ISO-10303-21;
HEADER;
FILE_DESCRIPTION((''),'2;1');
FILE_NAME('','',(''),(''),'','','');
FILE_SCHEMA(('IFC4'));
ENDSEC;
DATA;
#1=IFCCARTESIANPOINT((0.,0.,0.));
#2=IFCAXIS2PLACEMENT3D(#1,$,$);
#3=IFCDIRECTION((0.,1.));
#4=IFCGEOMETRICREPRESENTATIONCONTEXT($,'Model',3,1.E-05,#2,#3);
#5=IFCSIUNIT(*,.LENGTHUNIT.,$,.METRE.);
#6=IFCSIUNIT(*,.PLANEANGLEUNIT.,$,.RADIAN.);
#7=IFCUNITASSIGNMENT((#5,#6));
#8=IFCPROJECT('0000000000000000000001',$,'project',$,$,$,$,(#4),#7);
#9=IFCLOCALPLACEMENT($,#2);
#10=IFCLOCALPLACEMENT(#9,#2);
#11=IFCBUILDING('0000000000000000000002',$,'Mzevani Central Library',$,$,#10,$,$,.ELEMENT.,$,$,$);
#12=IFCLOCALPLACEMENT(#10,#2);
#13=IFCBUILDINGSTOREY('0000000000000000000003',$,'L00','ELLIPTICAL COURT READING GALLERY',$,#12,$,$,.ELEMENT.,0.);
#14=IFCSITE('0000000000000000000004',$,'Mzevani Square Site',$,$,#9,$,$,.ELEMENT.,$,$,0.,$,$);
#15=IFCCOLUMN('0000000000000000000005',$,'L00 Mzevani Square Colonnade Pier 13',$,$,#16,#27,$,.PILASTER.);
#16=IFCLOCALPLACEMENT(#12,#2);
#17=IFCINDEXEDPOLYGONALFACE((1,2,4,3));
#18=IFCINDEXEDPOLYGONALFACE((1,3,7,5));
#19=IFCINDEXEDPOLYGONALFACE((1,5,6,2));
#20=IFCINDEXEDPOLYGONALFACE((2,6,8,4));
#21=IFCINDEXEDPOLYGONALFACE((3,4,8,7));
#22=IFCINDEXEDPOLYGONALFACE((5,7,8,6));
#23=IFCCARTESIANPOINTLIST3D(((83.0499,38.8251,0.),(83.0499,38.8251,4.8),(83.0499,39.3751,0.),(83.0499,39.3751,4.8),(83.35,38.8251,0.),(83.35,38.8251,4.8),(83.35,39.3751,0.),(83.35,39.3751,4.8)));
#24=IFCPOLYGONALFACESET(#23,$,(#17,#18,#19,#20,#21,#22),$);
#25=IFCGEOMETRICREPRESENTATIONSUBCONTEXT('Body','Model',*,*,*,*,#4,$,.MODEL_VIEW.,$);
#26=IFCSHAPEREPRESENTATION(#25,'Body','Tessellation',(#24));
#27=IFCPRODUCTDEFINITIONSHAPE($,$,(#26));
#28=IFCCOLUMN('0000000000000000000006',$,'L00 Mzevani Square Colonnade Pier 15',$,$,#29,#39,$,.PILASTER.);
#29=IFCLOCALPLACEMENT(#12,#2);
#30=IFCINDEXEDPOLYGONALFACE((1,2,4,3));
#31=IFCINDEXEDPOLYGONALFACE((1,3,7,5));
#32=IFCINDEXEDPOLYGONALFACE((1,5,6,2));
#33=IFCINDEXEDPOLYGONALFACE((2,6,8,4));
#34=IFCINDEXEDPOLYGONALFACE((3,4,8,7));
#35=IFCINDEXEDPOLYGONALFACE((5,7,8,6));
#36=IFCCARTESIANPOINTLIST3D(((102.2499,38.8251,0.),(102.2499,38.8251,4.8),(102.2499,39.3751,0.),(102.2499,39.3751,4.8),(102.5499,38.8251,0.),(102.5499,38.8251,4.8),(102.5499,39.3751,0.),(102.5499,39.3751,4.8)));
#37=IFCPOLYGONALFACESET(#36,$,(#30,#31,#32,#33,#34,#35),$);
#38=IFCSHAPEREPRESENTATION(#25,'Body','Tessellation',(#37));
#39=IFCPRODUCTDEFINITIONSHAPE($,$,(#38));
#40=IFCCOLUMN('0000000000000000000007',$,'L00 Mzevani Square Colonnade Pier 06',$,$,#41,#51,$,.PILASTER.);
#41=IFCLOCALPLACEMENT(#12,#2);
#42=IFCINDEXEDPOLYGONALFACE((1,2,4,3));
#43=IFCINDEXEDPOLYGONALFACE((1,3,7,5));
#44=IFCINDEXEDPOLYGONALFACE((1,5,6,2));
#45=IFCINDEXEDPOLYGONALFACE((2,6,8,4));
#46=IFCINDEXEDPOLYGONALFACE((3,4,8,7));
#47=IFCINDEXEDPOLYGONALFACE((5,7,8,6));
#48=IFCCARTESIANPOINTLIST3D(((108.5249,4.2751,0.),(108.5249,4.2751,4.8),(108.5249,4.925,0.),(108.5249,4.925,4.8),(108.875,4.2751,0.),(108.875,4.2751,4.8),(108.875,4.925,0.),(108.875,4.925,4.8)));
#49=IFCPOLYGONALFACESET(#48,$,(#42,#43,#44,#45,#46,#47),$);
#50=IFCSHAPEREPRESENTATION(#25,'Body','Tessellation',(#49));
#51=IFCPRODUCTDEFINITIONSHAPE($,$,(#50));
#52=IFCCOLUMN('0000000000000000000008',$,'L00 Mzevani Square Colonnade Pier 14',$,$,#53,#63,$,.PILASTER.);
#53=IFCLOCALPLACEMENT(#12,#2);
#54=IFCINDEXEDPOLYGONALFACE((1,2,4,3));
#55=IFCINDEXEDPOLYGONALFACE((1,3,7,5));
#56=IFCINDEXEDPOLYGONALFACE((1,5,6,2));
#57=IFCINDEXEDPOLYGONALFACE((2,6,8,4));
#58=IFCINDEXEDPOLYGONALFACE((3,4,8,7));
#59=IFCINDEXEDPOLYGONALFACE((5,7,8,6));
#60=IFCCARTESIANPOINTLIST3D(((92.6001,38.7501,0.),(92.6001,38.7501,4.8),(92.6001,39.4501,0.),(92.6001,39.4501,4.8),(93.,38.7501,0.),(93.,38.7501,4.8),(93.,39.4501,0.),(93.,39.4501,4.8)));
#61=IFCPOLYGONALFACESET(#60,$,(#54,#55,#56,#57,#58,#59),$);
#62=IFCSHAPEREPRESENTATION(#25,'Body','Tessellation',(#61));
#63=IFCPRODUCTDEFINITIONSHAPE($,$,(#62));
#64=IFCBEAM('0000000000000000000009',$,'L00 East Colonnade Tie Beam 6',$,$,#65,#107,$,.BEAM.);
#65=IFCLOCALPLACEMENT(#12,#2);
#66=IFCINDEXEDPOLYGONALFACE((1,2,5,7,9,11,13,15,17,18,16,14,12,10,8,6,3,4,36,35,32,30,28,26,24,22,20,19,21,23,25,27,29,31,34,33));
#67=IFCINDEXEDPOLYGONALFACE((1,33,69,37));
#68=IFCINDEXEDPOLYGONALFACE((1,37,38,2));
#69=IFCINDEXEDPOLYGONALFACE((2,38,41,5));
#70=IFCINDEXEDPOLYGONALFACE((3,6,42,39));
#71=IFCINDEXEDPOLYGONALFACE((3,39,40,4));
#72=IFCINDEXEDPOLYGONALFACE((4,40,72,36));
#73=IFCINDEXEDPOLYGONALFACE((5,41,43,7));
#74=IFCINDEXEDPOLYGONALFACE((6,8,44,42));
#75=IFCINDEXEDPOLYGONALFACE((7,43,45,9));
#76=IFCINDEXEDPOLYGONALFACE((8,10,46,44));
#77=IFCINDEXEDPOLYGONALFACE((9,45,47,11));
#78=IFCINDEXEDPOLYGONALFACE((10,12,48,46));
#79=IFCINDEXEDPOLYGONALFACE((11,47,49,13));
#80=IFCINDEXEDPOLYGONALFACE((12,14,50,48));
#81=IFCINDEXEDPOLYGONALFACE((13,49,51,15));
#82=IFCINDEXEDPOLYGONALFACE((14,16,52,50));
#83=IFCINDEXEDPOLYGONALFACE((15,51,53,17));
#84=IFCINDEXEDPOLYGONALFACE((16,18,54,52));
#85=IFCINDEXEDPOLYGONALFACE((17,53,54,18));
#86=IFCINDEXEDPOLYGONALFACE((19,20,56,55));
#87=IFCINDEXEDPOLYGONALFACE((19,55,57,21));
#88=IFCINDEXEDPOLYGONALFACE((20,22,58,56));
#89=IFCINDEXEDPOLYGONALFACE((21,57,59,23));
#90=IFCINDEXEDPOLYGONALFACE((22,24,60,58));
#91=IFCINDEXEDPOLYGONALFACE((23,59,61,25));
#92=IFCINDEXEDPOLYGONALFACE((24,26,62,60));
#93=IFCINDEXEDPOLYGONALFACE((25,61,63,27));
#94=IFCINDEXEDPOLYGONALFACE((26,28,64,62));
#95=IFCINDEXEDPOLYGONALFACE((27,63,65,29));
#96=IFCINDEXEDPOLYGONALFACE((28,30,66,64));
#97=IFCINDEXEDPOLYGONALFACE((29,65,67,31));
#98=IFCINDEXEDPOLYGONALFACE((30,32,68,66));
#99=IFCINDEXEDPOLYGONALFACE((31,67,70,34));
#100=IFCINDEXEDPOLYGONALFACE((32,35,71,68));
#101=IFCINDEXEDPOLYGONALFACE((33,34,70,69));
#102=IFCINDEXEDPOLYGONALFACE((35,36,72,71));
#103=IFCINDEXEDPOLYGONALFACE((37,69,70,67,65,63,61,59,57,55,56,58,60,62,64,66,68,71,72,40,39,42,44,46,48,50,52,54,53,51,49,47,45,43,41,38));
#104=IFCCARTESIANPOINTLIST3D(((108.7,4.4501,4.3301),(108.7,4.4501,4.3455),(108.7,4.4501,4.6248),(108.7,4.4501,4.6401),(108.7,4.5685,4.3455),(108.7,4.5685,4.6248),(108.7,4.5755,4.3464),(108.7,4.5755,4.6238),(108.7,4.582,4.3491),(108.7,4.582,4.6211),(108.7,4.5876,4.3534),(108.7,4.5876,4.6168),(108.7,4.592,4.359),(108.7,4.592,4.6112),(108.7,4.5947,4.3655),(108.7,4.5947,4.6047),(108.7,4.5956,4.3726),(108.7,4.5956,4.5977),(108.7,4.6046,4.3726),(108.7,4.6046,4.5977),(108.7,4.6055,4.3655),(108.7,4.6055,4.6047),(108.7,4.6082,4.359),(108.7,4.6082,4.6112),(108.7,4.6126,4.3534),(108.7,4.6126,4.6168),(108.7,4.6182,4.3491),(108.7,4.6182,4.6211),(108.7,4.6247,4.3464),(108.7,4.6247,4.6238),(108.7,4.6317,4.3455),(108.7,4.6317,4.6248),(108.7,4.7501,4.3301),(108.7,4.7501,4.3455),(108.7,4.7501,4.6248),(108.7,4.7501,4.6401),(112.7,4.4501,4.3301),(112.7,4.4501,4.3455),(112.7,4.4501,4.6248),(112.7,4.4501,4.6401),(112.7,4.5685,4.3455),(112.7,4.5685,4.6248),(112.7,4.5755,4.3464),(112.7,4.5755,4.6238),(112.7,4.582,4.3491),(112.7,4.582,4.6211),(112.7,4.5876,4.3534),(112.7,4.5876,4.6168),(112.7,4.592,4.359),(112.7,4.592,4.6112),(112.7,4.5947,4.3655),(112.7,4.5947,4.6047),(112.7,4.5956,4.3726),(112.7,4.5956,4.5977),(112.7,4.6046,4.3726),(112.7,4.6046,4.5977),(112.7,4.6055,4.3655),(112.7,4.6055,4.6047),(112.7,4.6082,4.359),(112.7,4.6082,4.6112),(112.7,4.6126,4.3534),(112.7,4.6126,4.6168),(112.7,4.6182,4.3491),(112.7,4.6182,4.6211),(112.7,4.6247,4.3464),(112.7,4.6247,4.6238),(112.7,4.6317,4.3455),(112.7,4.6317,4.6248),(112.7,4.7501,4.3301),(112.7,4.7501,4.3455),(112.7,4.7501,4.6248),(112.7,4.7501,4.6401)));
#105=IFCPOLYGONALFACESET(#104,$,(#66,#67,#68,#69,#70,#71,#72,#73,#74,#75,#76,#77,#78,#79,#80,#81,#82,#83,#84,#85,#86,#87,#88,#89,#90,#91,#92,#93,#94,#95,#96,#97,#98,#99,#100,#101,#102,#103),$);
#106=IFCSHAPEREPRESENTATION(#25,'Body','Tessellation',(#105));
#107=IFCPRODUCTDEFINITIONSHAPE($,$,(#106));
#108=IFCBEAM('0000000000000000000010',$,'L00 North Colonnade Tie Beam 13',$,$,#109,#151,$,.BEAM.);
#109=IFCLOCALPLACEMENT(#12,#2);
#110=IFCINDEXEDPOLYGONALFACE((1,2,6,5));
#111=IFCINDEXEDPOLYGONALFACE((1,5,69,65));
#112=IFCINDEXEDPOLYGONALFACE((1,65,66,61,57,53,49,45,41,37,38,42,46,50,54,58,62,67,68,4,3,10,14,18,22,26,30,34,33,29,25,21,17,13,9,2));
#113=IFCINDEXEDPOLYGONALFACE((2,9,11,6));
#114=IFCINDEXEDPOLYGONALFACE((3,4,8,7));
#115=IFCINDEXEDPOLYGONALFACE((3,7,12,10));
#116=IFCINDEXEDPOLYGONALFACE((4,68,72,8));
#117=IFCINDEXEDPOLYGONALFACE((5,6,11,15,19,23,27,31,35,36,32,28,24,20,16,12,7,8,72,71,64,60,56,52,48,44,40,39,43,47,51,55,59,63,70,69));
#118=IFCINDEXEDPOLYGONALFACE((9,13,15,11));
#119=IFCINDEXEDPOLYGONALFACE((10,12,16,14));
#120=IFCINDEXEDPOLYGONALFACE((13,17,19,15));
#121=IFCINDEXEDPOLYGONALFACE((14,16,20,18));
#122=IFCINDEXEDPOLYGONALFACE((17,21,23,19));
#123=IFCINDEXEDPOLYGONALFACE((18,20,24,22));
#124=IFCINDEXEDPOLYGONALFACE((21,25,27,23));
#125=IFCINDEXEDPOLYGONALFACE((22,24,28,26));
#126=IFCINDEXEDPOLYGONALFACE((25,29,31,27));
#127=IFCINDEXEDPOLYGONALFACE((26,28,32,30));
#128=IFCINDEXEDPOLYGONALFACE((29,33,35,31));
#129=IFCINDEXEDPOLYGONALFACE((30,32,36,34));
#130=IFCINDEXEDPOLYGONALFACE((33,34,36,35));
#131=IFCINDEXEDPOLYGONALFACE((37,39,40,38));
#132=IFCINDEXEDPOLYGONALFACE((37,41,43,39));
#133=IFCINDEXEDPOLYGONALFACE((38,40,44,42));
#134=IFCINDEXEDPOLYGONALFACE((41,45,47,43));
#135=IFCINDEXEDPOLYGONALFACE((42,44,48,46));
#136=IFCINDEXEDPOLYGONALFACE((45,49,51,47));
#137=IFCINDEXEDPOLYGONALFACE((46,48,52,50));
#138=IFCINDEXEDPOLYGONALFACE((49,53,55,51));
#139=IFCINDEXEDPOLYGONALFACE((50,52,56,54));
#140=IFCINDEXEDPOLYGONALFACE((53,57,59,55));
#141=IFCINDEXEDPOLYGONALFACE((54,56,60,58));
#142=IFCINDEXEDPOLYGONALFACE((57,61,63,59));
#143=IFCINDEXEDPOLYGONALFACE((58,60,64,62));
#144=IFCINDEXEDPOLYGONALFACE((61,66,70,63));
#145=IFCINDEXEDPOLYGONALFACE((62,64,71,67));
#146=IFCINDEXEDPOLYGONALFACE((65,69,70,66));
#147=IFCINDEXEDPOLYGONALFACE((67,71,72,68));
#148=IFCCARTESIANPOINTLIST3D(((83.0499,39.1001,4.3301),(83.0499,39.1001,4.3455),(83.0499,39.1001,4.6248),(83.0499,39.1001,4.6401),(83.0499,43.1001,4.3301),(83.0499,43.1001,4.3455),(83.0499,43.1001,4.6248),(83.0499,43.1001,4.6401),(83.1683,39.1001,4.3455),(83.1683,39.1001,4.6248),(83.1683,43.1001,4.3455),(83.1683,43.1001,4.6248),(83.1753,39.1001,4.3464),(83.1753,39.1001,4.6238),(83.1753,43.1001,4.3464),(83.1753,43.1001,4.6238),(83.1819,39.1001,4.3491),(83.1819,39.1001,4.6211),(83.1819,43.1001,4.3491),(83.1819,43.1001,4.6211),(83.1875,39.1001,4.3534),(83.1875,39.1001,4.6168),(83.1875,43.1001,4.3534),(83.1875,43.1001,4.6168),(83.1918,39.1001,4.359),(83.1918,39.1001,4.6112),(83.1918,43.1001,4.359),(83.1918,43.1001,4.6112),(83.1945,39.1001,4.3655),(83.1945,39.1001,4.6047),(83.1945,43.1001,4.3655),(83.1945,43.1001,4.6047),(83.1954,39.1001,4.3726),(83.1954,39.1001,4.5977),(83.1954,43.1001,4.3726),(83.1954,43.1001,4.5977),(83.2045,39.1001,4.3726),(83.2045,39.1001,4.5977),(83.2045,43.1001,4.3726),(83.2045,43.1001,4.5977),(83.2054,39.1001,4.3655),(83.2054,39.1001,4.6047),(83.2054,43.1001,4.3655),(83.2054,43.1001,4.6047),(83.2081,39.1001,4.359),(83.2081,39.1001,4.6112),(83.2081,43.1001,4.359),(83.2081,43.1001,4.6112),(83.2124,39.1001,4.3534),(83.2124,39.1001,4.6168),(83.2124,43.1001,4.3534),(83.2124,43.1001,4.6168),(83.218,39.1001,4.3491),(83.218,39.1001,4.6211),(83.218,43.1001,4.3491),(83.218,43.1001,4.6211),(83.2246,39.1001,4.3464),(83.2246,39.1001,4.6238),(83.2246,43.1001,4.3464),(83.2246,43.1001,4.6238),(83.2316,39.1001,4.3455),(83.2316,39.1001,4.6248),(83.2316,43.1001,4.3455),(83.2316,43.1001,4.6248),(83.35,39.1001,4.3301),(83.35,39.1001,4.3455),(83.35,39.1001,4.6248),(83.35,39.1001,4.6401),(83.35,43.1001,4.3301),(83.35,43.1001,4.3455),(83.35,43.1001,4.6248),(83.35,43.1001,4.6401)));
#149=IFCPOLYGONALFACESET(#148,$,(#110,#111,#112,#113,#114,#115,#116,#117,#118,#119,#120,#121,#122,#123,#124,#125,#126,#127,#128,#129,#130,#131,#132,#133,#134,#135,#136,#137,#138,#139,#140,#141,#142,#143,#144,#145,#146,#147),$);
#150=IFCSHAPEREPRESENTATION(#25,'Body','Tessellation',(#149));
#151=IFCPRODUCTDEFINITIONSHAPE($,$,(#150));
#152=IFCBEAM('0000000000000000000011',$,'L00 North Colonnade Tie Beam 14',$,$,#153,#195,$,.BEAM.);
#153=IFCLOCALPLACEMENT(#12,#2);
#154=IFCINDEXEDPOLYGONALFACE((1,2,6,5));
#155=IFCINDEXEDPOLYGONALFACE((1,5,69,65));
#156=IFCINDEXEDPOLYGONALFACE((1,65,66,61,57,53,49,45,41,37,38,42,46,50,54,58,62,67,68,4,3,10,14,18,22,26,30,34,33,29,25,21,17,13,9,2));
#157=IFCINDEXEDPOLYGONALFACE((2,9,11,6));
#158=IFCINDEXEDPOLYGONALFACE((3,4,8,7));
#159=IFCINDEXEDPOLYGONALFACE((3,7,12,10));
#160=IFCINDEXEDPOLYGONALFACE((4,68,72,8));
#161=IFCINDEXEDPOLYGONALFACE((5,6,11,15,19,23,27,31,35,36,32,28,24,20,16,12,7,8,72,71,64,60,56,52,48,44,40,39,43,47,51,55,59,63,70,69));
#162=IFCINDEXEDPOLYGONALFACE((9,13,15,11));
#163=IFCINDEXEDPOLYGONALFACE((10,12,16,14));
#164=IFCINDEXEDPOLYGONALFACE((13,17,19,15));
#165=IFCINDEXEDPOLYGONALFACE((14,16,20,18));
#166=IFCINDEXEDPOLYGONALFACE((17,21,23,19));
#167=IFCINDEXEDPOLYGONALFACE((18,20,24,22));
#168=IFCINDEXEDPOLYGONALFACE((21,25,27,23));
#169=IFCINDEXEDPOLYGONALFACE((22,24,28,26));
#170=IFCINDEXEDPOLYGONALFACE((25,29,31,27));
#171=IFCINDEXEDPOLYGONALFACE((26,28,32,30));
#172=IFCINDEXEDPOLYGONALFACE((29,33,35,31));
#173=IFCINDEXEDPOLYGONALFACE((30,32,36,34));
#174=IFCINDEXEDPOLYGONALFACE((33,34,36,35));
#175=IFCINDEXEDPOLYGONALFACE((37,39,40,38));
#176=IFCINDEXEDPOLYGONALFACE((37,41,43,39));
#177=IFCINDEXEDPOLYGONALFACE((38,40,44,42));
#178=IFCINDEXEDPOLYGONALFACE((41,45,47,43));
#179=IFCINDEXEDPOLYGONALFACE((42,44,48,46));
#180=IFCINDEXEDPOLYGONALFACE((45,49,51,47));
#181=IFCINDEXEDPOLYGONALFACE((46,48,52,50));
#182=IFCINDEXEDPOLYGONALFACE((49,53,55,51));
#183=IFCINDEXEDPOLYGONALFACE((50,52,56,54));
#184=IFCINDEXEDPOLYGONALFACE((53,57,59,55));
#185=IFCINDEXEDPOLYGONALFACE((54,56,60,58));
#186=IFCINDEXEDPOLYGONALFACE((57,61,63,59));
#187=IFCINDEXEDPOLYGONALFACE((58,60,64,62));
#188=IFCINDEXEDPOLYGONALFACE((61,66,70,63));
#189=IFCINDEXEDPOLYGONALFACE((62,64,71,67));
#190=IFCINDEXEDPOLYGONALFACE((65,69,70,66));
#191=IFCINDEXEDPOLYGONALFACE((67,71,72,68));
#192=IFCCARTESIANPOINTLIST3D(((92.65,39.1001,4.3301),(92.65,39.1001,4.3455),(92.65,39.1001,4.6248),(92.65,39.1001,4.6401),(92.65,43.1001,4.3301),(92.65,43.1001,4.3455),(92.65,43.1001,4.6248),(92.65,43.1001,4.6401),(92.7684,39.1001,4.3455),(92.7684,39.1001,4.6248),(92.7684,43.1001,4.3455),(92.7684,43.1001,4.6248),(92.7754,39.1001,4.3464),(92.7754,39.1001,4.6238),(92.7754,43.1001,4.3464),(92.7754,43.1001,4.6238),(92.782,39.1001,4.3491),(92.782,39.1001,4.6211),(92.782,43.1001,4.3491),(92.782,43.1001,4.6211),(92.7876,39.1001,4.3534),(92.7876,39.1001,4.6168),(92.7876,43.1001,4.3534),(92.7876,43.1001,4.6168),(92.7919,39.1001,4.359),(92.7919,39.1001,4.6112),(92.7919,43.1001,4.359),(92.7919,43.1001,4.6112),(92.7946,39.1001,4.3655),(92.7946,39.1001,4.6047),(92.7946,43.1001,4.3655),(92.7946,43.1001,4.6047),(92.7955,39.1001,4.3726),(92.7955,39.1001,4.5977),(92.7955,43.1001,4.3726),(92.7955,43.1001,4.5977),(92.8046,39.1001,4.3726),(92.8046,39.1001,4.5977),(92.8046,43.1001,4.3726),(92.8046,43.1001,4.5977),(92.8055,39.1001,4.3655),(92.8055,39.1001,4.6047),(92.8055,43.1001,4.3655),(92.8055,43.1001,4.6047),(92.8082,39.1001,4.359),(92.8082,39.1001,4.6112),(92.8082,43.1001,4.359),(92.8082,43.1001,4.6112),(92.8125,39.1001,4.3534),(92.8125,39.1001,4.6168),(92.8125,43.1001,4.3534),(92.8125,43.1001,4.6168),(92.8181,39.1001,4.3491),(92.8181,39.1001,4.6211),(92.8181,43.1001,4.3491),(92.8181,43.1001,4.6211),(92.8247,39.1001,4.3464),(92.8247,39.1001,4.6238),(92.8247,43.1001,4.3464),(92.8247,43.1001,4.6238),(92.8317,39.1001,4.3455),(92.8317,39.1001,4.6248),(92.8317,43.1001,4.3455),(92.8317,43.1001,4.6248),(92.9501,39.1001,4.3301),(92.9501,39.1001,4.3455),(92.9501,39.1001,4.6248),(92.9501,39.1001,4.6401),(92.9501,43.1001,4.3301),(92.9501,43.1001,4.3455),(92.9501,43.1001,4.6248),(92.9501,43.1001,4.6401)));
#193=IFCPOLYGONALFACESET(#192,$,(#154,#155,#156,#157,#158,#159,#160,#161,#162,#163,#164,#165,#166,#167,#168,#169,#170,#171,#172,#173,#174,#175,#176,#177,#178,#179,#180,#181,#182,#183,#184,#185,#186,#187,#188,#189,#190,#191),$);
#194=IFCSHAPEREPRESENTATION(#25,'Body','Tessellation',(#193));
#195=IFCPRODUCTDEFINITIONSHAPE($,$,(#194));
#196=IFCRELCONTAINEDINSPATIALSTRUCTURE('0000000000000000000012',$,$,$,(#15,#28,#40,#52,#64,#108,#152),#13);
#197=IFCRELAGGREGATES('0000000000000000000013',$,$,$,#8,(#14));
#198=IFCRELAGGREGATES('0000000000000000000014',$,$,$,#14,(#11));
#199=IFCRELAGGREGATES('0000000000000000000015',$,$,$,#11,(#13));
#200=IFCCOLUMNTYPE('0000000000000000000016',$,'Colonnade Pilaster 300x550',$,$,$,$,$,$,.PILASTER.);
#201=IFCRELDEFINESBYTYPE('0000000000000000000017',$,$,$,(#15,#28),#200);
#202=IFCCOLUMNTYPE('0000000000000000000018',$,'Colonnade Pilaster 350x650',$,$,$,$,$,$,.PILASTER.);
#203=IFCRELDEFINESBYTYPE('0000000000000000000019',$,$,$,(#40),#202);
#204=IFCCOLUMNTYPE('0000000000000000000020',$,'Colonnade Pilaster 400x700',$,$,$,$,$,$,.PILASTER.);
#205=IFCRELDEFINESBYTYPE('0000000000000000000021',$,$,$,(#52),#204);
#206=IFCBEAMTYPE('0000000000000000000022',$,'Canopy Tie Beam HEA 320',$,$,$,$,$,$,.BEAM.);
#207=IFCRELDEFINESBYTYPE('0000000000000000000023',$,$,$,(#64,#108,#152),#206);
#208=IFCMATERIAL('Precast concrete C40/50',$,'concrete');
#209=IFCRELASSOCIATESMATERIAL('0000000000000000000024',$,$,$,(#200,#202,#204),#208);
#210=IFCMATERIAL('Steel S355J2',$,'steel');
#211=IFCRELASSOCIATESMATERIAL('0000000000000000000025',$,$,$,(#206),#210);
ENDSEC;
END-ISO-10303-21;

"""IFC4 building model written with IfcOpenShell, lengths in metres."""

from ifc_helpers import new_model, si_unit, direction, frame, origin, origin_2d, place, context, subcontext, project, spatial, rectangle, i_section, extrude, material, material_profile, profile_set, type_object, element, save


model = new_model("IFC4")

# Units and contexts
model_context = context("Model", 3, precision=1e-05, world=origin(), true_north=direction((0.0, 1.0)))
body_context = subcontext(model_context, "Body", "Model", "MODEL_VIEW")
ifc_project = project(units=[si_unit("LENGTHUNIT", "METRE"), si_unit("PLANEANGLEUNIT", "RADIAN")], contexts=[model_context])

# Site, building, storey
site_placement = place(None, origin())
site = spatial("IfcSite", under=ifc_project, at=site_placement, Name="Mzevani Square Site", CompositionType="ELEMENT", RefElevation=0.0)
building_placement = place(site_placement, origin())
building = spatial("IfcBuilding", under=site, at=building_placement, Name="Mzevani Central Library", CompositionType="ELEMENT")
storey_placement = place(building_placement, origin())
storey = spatial("IfcBuildingStorey", under=building, at=storey_placement, Name="L00", Description="ELLIPTICAL COURT READING GALLERY", CompositionType="ELEMENT", Elevation=0.0)

# Columns
ifc_material_1 = material(Name="Precast concrete C40/50", Category="concrete")
ifc_material_profile_1 = material_profile(ifc_material_1, rectangle(XDim=0.3, YDim=0.55, at=origin_2d()), Name="PC PIL 300x550")
ifc_profile_set_1 = profile_set([ifc_material_profile_1], Name="Precast concrete C40/50")
column_type_1 = type_object("IfcColumnType", Name="Colonnade Pilaster 300x550", PredefinedType="PILASTER", material=ifc_profile_set_1)
for number, where, z_axis, x_axis, name in (
    (1, (83.2, 39.1001, 0.0), (0.0, 0.0, 1.0), (1.0, 0.0, 0.0), "L00 Mzevani Square Colonnade Pier 13"),
    (2, (102.3999, 39.1001, 0.0), (0.0, 0.0, 1.0), (1.0, 0.0, 0.0), "L00 Mzevani Square Colonnade Pier 15"),
):
    element("IfcColumn", number, at=place(storey_placement, frame(where, z_axis=z_axis, x_axis=x_axis)), inside=storey, type_object=column_type_1, Name=name, PredefinedType="PILASTER", context=body_context, shape_type="SweptSolid", body=[
        extrude(rectangle(XDim=0.3, YDim=0.55, at=origin_2d()), origin(), (0.0, 0.0, 1.0), 4.8),
    ])
ifc_material_profile_2 = material_profile(ifc_material_1, rectangle(XDim=0.3501, YDim=0.6499, at=origin_2d()), Name="PC PIL 350x650")
ifc_profile_set_2 = profile_set([ifc_material_profile_2], Name="Precast concrete C40/50")
column_type_2 = type_object("IfcColumnType", Name="Colonnade Pilaster 350x650", PredefinedType="PILASTER", material=ifc_profile_set_2)
column_1_placement = place(storey_placement, frame((108.7, 4.6001, 0.0), z_axis=(0.0, 0.0, 1.0), x_axis=(1.0, 0.0, 0.0)))
element("IfcColumn", 3, at=column_1_placement, inside=storey, type_object=column_type_2, Name="L00 Mzevani Square Colonnade Pier 06", PredefinedType="PILASTER", context=body_context, shape_type="SweptSolid", body=[
    extrude(rectangle(XDim=0.3501, YDim=0.6499, at=origin_2d()), origin(), (0.0, 0.0, 1.0), 4.8),
])
ifc_material_profile_3 = material_profile(ifc_material_1, rectangle(XDim=0.3999, YDim=0.7, at=origin_2d()), Name="PC PIL 400x700")
ifc_profile_set_3 = profile_set([ifc_material_profile_3], Name="Precast concrete C40/50")
column_type_3 = type_object("IfcColumnType", Name="Colonnade Pilaster 400x700", PredefinedType="PILASTER", material=ifc_profile_set_3)
column_2_placement = place(storey_placement, frame((92.8, 39.1001, 0.0), z_axis=(0.0, 0.0, 1.0), x_axis=(1.0, 0.0, 0.0)))
element("IfcColumn", 4, at=column_2_placement, inside=storey, type_object=column_type_3, Name="L00 Mzevani Square Colonnade Pier 14", PredefinedType="PILASTER", context=body_context, shape_type="SweptSolid", body=[
    extrude(rectangle(XDim=0.3999, YDim=0.7, at=origin_2d()), origin(), (0.0, 0.0, 1.0), 4.8),
])

# Beams
ifc_material_2 = material(Name="Steel S355J2", Category="steel")
ifc_material_profile_4 = material_profile(ifc_material_2, i_section(OverallWidth=0.3, OverallDepth=0.3101, WebThickness=0.009, FlangeThickness=0.0154, FilletRadius=0.0271, at=origin_2d()), Name="HEA 320")
ifc_profile_set_4 = profile_set([ifc_material_profile_4], Name="Steel S355J2")
beam_type_1 = type_object("IfcBeamType", Name="Canopy Tie Beam HEA 320", PredefinedType="BEAM", material=ifc_profile_set_4)
for number, where, z_axis, x_axis, name in (
    (5, (108.7, 4.6001, 4.4851), (1.0, 0.0, 0.0), (0.0, 1.0, 0.0), "L00 East Colonnade Tie Beam 6"),
    (6, (83.2, 39.1001, 4.4851), (0.0, 1.0, 0.0), (-1.0, 0.0, 0.0), "L00 North Colonnade Tie Beam 13"),
    (7, (92.8, 39.1001, 4.4851), (0.0, 1.0, 0.0), (-1.0, 0.0, 0.0), "L00 North Colonnade Tie Beam 14"),
):
    element("IfcBeam", number, at=place(storey_placement, frame(where, z_axis=z_axis, x_axis=x_axis)), inside=storey, type_object=beam_type_1, Name=name, PredefinedType="BEAM", context=body_context, shape_type="SweptSolid", body=[
        extrude(i_section(OverallWidth=0.3, OverallDepth=0.3101, WebThickness=0.009, FlangeThickness=0.0154, FilletRadius=0.0271, at=origin_2d()), origin(), (0.0, 0.0, 1.0), 4.0),
    ])

save(model, "model.ifc")
